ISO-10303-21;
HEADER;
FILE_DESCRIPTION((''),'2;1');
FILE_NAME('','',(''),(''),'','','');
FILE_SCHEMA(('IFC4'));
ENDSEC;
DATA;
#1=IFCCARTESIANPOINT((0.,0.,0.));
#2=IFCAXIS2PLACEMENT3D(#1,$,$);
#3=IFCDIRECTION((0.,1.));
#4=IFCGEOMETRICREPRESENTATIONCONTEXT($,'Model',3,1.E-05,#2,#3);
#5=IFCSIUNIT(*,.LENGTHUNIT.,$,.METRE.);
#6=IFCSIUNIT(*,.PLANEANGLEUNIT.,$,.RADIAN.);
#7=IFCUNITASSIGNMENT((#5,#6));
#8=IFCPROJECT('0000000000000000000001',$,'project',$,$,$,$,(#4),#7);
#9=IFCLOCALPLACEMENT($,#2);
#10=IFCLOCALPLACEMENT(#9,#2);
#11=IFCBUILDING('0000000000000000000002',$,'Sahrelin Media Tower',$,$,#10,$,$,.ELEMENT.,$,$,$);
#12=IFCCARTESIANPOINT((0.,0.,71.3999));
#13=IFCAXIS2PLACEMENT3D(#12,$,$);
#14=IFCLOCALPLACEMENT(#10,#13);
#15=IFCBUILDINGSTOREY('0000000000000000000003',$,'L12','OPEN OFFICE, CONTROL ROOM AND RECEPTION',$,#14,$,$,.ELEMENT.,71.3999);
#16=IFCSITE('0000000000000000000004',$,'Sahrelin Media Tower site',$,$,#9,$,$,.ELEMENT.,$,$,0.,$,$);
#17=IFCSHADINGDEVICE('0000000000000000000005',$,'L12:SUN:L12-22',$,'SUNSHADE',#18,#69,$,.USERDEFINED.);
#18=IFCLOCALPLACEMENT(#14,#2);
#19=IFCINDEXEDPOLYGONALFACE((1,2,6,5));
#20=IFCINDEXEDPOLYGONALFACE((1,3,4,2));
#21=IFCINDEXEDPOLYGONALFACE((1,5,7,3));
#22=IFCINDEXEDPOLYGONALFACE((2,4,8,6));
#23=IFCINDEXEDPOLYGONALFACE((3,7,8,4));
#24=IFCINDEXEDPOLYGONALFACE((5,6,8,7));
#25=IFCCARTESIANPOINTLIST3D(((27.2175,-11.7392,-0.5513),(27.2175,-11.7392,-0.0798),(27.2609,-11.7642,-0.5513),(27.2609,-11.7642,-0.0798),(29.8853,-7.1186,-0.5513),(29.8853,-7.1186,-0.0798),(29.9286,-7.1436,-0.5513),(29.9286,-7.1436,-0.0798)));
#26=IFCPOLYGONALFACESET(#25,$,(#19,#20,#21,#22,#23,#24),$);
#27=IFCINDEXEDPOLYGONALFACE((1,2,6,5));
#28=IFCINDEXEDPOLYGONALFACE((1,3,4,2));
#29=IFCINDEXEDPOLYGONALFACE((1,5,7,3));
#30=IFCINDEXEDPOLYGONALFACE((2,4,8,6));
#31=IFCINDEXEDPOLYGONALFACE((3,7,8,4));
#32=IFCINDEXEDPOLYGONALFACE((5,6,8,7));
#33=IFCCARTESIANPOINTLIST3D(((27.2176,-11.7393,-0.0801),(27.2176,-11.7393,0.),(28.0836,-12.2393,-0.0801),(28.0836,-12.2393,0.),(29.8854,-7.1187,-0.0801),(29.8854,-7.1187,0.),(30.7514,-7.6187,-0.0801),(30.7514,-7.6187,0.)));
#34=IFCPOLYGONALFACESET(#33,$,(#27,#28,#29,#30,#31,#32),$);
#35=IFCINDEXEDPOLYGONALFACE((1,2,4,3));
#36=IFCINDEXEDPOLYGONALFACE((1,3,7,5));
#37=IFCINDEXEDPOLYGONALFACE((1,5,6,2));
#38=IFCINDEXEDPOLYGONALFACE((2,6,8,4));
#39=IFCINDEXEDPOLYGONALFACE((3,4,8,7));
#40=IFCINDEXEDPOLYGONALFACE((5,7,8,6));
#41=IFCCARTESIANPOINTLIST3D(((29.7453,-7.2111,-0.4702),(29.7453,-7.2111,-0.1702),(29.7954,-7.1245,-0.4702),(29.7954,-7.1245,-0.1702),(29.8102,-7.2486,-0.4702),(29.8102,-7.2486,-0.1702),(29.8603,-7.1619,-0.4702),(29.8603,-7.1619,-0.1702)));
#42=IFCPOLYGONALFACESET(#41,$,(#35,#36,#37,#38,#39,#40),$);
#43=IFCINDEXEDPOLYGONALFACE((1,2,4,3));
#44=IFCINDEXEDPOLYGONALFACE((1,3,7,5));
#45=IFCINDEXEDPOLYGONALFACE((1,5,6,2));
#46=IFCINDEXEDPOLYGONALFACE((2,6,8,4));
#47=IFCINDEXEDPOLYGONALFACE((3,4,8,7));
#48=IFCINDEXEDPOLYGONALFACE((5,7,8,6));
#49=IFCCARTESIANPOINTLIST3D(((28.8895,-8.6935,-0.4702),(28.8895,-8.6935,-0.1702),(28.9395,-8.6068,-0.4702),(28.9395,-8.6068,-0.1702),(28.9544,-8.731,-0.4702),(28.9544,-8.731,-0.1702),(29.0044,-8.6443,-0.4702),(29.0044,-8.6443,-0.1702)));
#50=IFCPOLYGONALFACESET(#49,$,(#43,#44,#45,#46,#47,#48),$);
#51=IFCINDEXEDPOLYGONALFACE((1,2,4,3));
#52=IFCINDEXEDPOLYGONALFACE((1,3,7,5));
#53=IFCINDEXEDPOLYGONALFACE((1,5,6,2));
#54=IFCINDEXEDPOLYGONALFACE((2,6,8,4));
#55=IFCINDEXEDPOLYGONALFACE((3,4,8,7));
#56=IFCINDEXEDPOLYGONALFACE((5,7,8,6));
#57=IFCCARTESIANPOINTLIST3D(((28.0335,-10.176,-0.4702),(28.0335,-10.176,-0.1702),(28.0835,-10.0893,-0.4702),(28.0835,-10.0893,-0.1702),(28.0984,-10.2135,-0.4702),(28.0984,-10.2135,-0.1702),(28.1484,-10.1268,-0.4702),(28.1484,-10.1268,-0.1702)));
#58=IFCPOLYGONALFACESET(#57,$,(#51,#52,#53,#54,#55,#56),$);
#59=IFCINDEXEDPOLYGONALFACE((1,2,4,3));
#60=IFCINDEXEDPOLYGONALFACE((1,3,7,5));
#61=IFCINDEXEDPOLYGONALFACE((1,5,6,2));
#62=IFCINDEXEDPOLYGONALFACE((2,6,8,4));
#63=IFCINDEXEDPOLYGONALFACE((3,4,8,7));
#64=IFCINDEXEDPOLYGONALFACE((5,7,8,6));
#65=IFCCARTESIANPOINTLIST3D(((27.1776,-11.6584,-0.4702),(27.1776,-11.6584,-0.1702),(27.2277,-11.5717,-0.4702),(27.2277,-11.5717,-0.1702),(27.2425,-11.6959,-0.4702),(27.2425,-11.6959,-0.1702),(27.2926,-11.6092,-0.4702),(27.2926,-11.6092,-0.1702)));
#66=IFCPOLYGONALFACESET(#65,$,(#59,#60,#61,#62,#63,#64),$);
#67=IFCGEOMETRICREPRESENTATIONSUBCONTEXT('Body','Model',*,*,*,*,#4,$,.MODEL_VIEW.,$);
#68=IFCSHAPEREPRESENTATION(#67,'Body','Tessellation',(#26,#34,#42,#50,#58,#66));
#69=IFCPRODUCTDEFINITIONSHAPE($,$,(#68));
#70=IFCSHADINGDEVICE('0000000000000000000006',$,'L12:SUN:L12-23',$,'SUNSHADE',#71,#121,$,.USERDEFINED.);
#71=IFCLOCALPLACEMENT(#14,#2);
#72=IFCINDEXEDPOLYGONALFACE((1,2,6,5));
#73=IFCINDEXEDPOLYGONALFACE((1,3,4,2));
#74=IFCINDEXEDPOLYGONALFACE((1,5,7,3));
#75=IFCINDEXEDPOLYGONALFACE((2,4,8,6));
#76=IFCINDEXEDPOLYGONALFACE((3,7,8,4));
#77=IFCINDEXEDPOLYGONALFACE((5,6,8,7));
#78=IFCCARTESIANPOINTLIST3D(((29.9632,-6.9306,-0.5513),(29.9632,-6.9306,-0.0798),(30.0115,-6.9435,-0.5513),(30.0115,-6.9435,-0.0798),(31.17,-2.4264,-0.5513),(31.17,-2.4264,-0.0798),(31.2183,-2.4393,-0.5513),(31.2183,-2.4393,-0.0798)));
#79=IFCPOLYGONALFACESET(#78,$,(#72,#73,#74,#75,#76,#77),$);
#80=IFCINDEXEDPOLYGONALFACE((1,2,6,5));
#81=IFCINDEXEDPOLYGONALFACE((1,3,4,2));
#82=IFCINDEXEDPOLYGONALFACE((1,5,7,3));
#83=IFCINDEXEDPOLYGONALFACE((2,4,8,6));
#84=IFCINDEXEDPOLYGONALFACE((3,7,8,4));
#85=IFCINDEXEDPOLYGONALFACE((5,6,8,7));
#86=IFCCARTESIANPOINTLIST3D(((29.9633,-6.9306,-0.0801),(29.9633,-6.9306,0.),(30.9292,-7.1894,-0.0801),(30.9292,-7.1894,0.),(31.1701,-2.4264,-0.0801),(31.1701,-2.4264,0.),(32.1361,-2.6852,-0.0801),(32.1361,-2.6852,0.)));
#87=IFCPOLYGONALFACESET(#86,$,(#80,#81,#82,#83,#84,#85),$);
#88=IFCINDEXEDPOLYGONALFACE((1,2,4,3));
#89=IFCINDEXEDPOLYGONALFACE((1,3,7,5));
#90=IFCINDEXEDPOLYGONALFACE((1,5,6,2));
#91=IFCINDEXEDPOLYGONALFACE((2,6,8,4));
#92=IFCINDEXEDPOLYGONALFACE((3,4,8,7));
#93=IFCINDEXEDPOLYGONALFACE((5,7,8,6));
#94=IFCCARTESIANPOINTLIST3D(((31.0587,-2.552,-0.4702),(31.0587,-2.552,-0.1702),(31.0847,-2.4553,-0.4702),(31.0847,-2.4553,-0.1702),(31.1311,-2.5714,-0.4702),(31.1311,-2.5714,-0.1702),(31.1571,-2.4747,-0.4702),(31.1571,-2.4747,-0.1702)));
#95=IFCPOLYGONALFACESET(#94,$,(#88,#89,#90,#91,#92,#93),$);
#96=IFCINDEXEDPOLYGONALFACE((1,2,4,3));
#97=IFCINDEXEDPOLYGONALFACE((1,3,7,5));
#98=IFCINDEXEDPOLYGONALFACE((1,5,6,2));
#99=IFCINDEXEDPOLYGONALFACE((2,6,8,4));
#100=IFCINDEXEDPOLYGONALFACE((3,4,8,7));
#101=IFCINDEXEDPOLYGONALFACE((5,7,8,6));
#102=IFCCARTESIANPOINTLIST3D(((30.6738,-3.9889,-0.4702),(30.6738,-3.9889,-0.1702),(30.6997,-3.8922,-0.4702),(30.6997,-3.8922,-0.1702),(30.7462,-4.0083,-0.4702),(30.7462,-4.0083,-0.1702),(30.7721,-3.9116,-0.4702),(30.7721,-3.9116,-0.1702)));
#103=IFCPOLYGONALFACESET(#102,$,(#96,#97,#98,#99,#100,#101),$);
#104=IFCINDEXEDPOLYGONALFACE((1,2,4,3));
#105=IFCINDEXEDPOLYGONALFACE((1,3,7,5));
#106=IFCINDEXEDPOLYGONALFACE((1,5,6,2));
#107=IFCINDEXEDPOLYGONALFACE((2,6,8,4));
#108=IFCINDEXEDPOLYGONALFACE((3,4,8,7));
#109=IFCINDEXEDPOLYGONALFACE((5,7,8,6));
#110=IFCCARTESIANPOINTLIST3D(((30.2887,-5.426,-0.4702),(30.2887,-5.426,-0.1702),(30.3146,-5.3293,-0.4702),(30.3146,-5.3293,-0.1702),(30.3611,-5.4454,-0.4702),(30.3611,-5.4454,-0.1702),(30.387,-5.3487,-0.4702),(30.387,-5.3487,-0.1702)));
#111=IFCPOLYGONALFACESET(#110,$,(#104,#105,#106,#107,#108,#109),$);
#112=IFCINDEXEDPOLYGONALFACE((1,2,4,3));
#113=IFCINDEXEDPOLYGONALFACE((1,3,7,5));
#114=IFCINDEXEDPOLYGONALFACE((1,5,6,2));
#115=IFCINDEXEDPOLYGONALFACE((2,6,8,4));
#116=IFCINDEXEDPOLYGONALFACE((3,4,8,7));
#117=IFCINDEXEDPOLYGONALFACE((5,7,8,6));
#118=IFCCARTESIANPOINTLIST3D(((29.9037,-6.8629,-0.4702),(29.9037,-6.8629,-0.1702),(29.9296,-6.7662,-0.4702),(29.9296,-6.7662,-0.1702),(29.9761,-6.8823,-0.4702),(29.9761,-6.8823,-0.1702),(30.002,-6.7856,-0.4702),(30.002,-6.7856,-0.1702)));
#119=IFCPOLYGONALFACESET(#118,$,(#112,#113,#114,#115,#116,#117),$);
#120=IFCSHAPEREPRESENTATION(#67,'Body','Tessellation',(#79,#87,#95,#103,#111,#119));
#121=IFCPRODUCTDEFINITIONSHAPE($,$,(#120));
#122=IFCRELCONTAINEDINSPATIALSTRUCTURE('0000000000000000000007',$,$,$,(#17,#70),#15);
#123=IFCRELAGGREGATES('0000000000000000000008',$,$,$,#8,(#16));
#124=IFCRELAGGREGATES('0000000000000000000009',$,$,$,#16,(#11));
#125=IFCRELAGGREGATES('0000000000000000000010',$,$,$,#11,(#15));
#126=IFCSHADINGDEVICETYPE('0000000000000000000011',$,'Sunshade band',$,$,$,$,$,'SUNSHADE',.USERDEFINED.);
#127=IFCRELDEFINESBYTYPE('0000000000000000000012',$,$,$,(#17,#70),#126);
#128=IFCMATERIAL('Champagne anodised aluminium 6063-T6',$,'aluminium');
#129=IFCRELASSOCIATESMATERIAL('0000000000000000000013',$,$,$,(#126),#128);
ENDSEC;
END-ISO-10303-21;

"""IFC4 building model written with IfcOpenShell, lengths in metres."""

from ifc_helpers import new_model, si_unit, direction, frame, origin, origin_2d, place, context, subcontext, project, spatial, rectangle, extrude, material, type_object, element, save


model = new_model("IFC4")

# Units and contexts
model_context = context("Model", 3, precision=1e-05, world=origin(), true_north=direction((0.0, 1.0)))
body_context = subcontext(model_context, "Body", "Model", "MODEL_VIEW")
ifc_project = project(units=[si_unit("LENGTHUNIT", "METRE"), si_unit("PLANEANGLEUNIT", "RADIAN")], contexts=[model_context])

# Site, building, storey
site_placement = place(None, origin())
site = spatial("IfcSite", under=ifc_project, at=site_placement, Name="Sahrelin Media Tower site", CompositionType="ELEMENT", RefElevation=0.0)
building_placement = place(site_placement, origin())
building = spatial("IfcBuilding", under=site, at=building_placement, Name="Sahrelin Media Tower", CompositionType="ELEMENT")
storey_placement = place(building_placement, frame((0.0, 0.0, 71.3999)))
storey = spatial("IfcBuildingStorey", under=building, at=storey_placement, Name="L12", Description="OPEN OFFICE, CONTROL ROOM AND RECEPTION", CompositionType="ELEMENT", Elevation=71.3999)

# Shared definitions
ifc_material_1 = material(Name="Champagne anodised aluminium 6063-T6", Category="aluminium")

# Shared definitions
placement_1 = place(storey_placement, frame((28.5342, -9.4189, 0.0), z_axis=(0.0, 0.0, 1.0), x_axis=(-0.500011, -0.866019, 0.0)))
placement_2 = place(storey_placement, frame((30.5474, -4.6733, 0.0), z_axis=(0.0, 0.0, 1.0), x_axis=(-0.258808, -0.965929, 0.0)))

# Shading devices
shading_device_type_1 = type_object("IfcShadingDeviceType", Name="Sunshade band", ElementType="SUNSHADE", PredefinedType="USERDEFINED", material=ifc_material_1)
element("IfcShadingDevice", 1, at=placement_1, inside=storey, type_object=shading_device_type_1, Name="L12:SUN:L12-22", ObjectType="SUNSHADE", PredefinedType="USERDEFINED", context=body_context, shape_type="SweptSolid", body=[
    extrude(rectangle(XDim=5.3354, YDim=0.05, at=origin_2d()), frame((0.0, 0.0449, -0.5513)), (0.0, 0.0, 1.0), 0.4714),
    extrude(rectangle(XDim=5.3354, YDim=1.0, at=origin_2d()), frame((0.0, 0.52, -0.0801)), (0.0, 0.0, 1.0), 0.0801),
    extrude(rectangle(XDim=0.1001, YDim=0.075, at=origin_2d()), frame((-2.5676, -0.0176, -0.4702)), (0.0, 0.0, 1.0), 0.3),
    extrude(rectangle(XDim=0.1001, YDim=0.075, at=origin_2d()), frame((-0.856, -0.0176, -0.4702)), (0.0, 0.0, 1.0), 0.3),
    extrude(rectangle(XDim=0.1001, YDim=0.075, at=origin_2d()), frame((0.856, -0.0176, -0.4702)), (0.0, 0.0, 1.0), 0.3),
    extrude(rectangle(XDim=0.1001, YDim=0.075, at=origin_2d()), frame((2.5676, -0.0176, -0.4702)), (0.0, 0.0, 1.0), 0.3),
])
element("IfcShadingDevice", 2, at=placement_2, inside=storey, type_object=shading_device_type_1, Name="L12:SUN:L12-23", ObjectType="SUNSHADE", PredefinedType="USERDEFINED", context=body_context, shape_type="SweptSolid", body=[
    extrude(rectangle(XDim=4.6631, YDim=0.05, at=origin_2d()), frame((0.0, 0.0449, -0.5513)), (0.0, 0.0, 1.0), 0.4714),
    extrude(rectangle(XDim=4.6631, YDim=1.0, at=origin_2d()), frame((0.0, 0.52, -0.0801)), (0.0, 0.0, 1.0), 0.0801),
    extrude(rectangle(XDim=0.1001, YDim=0.075, at=origin_2d()), frame((-2.2314, -0.0176, -0.4702)), (0.0, 0.0, 1.0), 0.3),
    extrude(rectangle(XDim=0.1001, YDim=0.075, at=origin_2d()), frame((-0.7439, -0.0176, -0.4702)), (0.0, 0.0, 1.0), 0.3),
    extrude(rectangle(XDim=0.1001, YDim=0.075, at=origin_2d()), frame((0.7439, -0.0176, -0.4702)), (0.0, 0.0, 1.0), 0.3),
    extrude(rectangle(XDim=0.1001, YDim=0.075, at=origin_2d()), frame((2.2314, -0.0176, -0.4702)), (0.0, 0.0, 1.0), 0.3),
])

save(model, "model.ifc")
